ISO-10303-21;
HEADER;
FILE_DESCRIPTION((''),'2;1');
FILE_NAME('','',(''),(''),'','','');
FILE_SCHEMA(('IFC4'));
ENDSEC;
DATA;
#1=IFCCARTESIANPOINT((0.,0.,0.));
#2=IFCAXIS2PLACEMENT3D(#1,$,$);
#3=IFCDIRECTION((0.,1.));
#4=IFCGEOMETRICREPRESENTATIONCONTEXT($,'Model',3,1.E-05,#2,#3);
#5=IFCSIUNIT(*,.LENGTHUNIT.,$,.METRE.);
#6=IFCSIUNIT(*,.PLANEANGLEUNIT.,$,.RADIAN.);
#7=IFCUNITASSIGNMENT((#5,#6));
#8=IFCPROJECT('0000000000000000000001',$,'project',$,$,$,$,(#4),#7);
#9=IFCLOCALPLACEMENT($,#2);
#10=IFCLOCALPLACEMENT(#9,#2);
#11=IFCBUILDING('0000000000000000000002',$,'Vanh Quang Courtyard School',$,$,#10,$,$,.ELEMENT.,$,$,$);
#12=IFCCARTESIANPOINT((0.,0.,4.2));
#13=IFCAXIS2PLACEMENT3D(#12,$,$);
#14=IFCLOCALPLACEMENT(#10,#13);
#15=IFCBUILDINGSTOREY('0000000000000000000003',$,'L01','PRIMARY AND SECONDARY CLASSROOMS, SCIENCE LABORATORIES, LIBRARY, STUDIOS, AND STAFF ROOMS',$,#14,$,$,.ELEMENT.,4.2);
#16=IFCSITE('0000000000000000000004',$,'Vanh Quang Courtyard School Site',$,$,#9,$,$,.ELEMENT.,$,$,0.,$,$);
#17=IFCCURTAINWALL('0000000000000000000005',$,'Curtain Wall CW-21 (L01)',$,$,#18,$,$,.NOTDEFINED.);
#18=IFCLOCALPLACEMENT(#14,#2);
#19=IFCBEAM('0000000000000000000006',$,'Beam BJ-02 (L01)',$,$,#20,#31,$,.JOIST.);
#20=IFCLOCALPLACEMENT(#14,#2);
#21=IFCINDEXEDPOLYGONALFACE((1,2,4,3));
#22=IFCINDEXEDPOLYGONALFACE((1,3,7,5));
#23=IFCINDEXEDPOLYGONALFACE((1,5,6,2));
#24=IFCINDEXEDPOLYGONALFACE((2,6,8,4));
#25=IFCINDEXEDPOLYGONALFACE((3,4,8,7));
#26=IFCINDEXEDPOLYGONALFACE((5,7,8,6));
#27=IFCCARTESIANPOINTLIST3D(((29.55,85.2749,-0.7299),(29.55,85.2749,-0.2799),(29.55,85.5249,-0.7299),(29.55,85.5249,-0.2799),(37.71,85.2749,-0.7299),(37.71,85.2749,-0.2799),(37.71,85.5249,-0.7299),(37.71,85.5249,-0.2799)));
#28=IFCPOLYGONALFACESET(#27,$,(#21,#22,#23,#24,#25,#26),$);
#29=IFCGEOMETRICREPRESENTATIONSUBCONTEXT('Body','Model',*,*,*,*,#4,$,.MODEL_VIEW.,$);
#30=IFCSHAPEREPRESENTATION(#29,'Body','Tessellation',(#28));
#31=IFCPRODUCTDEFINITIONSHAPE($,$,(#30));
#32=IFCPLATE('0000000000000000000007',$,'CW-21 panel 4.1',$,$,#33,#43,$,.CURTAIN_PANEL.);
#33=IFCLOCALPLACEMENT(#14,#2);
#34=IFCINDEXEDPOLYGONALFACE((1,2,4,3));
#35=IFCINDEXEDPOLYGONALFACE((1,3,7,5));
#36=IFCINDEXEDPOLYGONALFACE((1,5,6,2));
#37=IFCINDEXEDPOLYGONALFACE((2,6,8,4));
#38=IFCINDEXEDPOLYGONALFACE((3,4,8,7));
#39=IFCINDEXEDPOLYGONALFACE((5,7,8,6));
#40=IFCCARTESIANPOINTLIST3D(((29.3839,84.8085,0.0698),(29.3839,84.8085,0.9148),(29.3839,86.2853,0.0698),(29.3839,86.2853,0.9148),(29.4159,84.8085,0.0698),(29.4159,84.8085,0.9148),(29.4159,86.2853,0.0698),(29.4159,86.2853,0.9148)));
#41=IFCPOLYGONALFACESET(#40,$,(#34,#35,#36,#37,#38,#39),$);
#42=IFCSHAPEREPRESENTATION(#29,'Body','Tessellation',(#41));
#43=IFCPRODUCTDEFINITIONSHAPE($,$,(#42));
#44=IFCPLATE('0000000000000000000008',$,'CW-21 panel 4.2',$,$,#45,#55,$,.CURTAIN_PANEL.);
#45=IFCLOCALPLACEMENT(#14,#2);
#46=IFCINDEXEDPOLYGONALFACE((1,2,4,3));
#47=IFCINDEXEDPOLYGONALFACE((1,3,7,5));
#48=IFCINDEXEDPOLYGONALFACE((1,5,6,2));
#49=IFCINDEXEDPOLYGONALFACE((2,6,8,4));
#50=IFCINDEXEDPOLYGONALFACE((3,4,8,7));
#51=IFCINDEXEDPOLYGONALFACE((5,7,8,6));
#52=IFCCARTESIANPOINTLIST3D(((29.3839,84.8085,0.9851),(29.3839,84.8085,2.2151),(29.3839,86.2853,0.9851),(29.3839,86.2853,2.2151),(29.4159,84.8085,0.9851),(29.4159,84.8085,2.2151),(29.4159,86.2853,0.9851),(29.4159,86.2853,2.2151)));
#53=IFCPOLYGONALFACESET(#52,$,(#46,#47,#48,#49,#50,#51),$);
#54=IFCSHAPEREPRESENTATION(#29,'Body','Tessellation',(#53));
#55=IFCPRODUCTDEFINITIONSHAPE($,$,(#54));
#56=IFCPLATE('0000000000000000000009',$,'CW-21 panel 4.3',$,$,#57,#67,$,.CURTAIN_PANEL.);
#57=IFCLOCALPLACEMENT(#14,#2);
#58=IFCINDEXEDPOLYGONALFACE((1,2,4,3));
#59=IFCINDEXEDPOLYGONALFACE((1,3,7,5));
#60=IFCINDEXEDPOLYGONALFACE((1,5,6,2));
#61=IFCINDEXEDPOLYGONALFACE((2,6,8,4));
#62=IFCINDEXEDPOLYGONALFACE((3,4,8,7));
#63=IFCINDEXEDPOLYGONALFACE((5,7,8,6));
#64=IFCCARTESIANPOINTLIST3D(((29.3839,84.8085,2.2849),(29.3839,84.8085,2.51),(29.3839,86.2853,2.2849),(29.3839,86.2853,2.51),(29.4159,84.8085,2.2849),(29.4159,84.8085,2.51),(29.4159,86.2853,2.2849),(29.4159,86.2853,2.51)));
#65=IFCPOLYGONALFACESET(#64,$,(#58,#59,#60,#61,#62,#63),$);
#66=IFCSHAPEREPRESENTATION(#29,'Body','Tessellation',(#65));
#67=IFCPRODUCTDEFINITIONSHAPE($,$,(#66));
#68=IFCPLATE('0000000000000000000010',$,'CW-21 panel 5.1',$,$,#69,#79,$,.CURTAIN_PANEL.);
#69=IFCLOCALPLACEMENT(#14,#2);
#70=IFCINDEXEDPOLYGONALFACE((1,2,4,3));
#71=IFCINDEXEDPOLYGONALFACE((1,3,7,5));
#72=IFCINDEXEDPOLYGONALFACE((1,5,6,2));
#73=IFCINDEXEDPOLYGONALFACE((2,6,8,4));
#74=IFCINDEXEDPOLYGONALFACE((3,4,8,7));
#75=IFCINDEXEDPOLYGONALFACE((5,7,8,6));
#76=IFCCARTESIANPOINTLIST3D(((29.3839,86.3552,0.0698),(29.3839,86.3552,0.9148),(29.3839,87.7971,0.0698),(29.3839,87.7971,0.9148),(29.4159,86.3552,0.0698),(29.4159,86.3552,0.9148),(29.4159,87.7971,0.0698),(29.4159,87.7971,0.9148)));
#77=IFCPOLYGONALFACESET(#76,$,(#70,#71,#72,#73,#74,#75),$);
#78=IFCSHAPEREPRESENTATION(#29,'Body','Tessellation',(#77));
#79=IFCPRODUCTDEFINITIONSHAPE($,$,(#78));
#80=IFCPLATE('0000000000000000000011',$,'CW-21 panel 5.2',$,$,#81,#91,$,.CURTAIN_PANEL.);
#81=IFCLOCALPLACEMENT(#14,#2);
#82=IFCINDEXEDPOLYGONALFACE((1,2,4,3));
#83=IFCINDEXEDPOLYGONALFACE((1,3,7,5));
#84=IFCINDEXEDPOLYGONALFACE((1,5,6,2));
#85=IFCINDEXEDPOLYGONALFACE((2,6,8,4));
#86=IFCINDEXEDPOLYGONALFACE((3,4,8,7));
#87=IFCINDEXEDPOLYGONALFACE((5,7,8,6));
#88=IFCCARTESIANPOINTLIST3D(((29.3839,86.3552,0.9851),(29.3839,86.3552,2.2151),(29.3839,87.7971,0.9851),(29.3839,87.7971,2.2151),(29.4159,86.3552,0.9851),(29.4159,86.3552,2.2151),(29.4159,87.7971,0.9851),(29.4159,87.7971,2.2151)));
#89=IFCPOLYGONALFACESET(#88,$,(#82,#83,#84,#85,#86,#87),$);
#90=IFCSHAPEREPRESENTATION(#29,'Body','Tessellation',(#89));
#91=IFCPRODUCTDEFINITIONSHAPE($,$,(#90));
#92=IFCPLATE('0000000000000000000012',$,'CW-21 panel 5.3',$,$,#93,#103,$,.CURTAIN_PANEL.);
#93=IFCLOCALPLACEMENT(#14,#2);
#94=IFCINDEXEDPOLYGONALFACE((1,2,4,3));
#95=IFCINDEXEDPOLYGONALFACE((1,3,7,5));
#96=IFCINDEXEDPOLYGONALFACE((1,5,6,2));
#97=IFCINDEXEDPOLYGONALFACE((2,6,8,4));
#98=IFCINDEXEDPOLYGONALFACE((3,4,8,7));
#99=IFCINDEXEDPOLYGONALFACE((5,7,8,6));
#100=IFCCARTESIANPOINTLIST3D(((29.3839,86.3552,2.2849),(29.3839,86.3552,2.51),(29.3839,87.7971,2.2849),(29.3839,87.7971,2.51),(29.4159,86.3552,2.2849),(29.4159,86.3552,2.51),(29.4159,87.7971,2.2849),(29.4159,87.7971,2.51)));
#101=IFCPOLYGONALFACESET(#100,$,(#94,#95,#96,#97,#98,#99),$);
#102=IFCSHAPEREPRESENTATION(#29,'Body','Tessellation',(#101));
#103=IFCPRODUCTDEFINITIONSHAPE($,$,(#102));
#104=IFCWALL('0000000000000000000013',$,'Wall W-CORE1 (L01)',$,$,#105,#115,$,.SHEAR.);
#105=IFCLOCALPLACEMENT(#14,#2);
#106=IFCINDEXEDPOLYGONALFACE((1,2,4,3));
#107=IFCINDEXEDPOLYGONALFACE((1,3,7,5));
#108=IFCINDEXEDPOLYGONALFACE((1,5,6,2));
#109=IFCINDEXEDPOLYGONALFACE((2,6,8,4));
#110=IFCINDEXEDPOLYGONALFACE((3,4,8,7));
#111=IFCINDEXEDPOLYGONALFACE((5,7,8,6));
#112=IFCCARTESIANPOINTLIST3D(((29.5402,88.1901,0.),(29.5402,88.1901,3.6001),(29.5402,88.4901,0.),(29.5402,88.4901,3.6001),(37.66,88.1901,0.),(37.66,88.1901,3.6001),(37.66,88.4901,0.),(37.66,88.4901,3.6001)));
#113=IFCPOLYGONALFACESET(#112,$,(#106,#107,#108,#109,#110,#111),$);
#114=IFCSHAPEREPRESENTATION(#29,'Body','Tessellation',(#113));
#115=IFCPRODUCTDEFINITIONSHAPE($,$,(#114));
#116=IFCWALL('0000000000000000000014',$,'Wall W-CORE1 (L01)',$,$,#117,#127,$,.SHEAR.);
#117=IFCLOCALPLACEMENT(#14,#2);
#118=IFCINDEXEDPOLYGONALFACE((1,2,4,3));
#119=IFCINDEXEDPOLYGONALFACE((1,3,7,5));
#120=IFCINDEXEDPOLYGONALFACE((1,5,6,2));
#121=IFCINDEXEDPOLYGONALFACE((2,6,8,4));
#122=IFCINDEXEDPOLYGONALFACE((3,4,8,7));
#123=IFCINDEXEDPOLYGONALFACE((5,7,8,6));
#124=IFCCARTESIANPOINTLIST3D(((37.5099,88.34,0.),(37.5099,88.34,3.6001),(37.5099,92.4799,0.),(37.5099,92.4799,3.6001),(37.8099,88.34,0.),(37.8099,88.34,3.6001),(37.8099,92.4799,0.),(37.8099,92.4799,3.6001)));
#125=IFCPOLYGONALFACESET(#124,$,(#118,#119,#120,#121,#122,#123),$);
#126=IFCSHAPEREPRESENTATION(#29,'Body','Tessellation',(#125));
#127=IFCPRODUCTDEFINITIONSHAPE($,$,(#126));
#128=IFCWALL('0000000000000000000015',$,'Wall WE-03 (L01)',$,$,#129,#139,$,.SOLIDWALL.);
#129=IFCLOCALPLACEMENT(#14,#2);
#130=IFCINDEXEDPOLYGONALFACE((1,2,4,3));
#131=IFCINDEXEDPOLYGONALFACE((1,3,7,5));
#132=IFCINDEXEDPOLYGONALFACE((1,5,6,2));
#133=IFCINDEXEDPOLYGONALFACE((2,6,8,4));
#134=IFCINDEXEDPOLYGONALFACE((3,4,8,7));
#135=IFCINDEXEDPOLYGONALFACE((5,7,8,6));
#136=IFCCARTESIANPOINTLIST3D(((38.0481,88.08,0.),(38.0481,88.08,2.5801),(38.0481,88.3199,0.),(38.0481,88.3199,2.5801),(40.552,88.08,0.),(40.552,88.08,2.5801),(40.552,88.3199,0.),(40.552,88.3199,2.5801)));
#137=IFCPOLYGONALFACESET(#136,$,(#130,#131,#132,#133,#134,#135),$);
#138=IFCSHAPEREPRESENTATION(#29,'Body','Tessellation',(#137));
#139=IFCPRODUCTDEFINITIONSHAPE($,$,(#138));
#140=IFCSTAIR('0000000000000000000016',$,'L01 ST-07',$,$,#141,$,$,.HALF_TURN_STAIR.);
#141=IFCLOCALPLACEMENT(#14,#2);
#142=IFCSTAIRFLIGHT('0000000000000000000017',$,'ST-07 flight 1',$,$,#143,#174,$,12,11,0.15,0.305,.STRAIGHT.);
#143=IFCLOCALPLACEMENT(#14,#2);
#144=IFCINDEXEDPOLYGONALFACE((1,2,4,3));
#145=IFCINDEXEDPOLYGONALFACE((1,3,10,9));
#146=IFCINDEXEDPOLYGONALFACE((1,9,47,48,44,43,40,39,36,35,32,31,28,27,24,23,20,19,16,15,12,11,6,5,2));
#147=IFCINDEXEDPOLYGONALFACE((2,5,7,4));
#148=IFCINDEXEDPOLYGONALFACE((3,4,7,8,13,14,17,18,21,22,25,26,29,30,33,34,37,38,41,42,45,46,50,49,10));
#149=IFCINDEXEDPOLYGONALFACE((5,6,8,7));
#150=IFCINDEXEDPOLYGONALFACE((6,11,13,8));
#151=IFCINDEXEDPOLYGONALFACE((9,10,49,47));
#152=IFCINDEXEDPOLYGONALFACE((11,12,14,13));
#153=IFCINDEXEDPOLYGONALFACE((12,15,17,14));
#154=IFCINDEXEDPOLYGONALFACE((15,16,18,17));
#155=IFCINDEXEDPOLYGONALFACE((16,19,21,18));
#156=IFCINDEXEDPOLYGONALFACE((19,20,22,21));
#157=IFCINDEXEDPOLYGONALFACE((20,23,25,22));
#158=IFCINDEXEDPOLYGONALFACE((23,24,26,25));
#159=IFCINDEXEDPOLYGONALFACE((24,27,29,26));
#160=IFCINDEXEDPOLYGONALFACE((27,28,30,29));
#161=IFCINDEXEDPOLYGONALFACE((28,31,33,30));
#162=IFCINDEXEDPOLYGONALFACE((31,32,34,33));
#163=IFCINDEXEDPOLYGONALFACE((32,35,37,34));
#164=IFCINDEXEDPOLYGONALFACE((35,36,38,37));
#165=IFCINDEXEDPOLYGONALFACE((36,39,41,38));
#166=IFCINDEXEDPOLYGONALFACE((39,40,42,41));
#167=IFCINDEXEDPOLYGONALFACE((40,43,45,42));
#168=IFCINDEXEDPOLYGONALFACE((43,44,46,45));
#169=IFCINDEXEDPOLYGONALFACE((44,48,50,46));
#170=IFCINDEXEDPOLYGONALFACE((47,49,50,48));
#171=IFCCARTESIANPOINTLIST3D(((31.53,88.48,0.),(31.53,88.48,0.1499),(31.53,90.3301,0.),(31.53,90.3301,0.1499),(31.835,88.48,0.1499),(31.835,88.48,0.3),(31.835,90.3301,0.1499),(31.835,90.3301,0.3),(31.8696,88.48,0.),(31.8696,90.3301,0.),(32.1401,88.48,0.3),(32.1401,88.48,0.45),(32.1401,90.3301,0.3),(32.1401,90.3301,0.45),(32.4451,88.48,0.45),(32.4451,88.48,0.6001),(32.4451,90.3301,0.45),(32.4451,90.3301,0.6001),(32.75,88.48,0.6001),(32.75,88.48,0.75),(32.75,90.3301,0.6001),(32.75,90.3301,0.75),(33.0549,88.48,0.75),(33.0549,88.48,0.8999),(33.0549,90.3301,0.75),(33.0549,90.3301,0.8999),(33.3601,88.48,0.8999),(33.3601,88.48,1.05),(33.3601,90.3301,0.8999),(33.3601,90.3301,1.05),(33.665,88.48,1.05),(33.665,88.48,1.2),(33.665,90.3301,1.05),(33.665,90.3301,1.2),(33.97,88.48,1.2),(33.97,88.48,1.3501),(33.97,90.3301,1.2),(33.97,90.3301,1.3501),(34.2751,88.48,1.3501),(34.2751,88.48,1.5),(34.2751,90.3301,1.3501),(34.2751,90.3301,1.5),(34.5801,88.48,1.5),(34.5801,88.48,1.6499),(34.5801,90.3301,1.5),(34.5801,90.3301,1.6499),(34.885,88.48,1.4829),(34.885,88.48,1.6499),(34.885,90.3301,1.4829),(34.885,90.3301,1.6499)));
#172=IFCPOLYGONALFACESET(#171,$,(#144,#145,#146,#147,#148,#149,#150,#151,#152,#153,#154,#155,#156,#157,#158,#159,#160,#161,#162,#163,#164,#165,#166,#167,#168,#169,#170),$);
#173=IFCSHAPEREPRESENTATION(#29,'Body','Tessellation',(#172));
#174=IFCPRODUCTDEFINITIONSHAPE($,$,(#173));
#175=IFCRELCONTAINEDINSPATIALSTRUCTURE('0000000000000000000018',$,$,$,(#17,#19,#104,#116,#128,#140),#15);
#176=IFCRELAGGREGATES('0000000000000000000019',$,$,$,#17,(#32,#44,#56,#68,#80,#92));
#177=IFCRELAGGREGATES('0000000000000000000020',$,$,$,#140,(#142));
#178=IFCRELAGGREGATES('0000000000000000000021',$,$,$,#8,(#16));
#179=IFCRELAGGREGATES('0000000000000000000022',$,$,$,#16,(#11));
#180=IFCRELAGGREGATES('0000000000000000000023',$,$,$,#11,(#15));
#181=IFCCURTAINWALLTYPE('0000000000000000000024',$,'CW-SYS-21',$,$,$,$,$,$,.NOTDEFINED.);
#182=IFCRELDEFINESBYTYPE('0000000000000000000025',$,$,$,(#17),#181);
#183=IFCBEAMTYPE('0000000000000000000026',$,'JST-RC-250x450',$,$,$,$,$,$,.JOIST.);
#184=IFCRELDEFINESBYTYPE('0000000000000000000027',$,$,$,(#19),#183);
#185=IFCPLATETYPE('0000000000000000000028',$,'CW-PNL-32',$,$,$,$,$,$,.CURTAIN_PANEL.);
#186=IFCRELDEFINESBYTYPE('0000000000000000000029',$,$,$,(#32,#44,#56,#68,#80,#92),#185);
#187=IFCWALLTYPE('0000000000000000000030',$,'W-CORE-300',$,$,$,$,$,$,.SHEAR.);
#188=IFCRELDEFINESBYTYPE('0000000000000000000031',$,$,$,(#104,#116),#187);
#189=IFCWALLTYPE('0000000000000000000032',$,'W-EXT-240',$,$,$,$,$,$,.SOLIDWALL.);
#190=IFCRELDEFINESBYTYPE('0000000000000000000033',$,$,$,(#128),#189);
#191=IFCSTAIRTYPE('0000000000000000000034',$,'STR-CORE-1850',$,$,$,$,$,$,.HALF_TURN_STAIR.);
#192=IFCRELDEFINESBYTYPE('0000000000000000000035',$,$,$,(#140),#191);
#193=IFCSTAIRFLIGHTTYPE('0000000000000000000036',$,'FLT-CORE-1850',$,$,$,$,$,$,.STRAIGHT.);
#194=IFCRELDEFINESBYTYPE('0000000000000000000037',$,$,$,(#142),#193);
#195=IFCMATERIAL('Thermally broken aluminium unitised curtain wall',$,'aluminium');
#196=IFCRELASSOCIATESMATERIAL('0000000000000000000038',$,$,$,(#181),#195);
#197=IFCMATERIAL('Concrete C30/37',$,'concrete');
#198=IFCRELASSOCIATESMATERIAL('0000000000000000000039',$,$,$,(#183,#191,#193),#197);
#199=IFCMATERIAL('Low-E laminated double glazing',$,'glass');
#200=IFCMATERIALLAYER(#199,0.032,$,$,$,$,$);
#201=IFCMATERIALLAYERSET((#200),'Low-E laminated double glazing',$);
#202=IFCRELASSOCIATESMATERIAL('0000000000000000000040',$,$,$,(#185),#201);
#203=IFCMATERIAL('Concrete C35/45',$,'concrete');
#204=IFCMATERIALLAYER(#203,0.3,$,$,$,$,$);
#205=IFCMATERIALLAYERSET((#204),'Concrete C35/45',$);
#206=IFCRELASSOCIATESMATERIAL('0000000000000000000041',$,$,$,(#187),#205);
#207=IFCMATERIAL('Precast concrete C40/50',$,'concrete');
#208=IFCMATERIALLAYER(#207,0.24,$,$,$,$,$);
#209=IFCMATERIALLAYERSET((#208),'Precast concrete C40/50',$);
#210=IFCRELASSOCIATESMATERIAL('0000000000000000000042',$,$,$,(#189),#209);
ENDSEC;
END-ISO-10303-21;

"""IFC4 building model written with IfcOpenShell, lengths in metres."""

from ifc_helpers import new_model, si_unit, direction, frame, frame_2d, origin, origin_2d, place, context, subcontext, project, spatial, polyline, rectangle, outline, extrude, material, layer, layer_set, material_profile, profile_set, type_object, element, aggregate, save


model = new_model("IFC4")

# Units and contexts
model_context = context("Model", 3, precision=1e-05, world=origin(), true_north=direction((0.0, 1.0)))
body_context = subcontext(model_context, "Body", "Model", "MODEL_VIEW")
ifc_project = project(units=[si_unit("LENGTHUNIT", "METRE"), si_unit("PLANEANGLEUNIT", "RADIAN")], contexts=[model_context])

# Site, building, storey
site_placement = place(None, origin())
site = spatial("IfcSite", under=ifc_project, at=site_placement, Name="Vanh Quang Courtyard School Site", CompositionType="ELEMENT", RefElevation=0.0)
building_placement = place(site_placement, origin())
building = spatial("IfcBuilding", under=site, at=building_placement, Name="Vanh Quang Courtyard School", CompositionType="ELEMENT")
storey_placement = place(building_placement, frame((0.0, 0.0, 4.2)))
storey = spatial("IfcBuildingStorey", under=building, at=storey_placement, Name="L01", Description="PRIMARY AND SECONDARY CLASSROOMS, SCIENCE LABORATORIES, LIBRARY, STUDIOS, AND STAFF ROOMS", CompositionType="ELEMENT", Elevation=4.2)

# Shared definitions
ifc_material_1 = material(Name="Concrete C35/45", Category="concrete")

# Curtain wall
ifc_material_2 = material(Name="Thermally broken aluminium unitised curtain wall", Category="aluminium")
curtain_wall_type = type_object("IfcCurtainWallType", Name="CW-SYS-21", PredefinedType="NOTDEFINED", material=ifc_material_2)
curtain_wall_placement = place(storey_placement, origin())
curtain_wall = element("IfcCurtainWall", 1, at=curtain_wall_placement, inside=storey, type_object=curtain_wall_type, Name="Curtain Wall CW-21 (L01)", PredefinedType="NOTDEFINED")

# Beam
ifc_material_3 = material(Name="Concrete C30/37", Category="concrete")
ifc_material_profile_1 = material_profile(ifc_material_3, rectangle(XDim=0.25, YDim=0.45, at=origin_2d()), Name="RC-JST 250x450")
ifc_profile_set_1 = profile_set([ifc_material_profile_1], Name="Concrete C30/37")
beam_type_1 = type_object("IfcBeamType", Name="JST-RC-250x450", PredefinedType="JOIST", material=ifc_profile_set_1)
beam_1_placement = place(storey_placement, frame((29.55, 85.3999, -0.5049), z_axis=(1.0, 0.0, 0.0), x_axis=(0.0, 1.0, 0.0)))
element("IfcBeam", 2, at=beam_1_placement, inside=storey, type_object=beam_type_1, Name="Beam BJ-02 (L01)", PredefinedType="JOIST", context=body_context, shape_type="SweptSolid", body=[
    extrude(rectangle(XDim=0.25, YDim=0.45, at=origin_2d()), origin(), (0.0, 0.0, 1.0), 8.1599),
])

# Plates
ifc_material_4 = material(Name="Low-E laminated double glazing", Category="glass")
ifc_layer_1 = layer(ifc_material_4, 0.032)
ifc_layer_set_1 = layer_set([ifc_layer_1], Name="Low-E laminated double glazing")
plate_type = type_object("IfcPlateType", Name="CW-PNL-32", PredefinedType="CURTAIN_PANEL", material=ifc_layer_set_1)
plate_1_placement = place(storey_placement, frame((29.3999, 85.5469, 0.0698), z_axis=(0.0, 0.0, 1.0), x_axis=(0.0, 1.0, 0.0)))
plate_1 = element("IfcPlate", 3, at=plate_1_placement, type_object=plate_type, Name="CW-21 panel 4.1", PredefinedType="CURTAIN_PANEL", context=body_context, shape_type="SweptSolid", body=[
    extrude(rectangle(XDim=1.4768, YDim=0.032, at=origin_2d()), origin(), (0.0, 0.0, 1.0), 0.845),
])
plate_2_placement = place(storey_placement, frame((29.3999, 85.5469, 0.9851), z_axis=(0.0, 0.0, 1.0), x_axis=(0.0, 1.0, 0.0)))
plate_2 = element("IfcPlate", 4, at=plate_2_placement, type_object=plate_type, Name="CW-21 panel 4.2", PredefinedType="CURTAIN_PANEL", context=body_context, shape_type="SweptSolid", body=[
    extrude(rectangle(XDim=1.4768, YDim=0.032, at=origin_2d()), origin(), (0.0, 0.0, 1.0), 1.23),
])
plate_3_placement = place(storey_placement, frame((29.3999, 85.5469, 2.2849), z_axis=(0.0, 0.0, 1.0), x_axis=(0.0, 1.0, 0.0)))
plate_3 = element("IfcPlate", 5, at=plate_3_placement, type_object=plate_type, Name="CW-21 panel 4.3", PredefinedType="CURTAIN_PANEL", context=body_context, shape_type="SweptSolid", body=[
    extrude(rectangle(XDim=1.4768, YDim=0.032, at=origin_2d()), origin(), (0.0, 0.0, 1.0), 0.2251),
])
plate_4_placement = place(storey_placement, frame((29.3999, 87.0762, 0.0698), z_axis=(0.0, 0.0, 1.0), x_axis=(0.0, 1.0, 0.0)))
plate_4 = element("IfcPlate", 6, at=plate_4_placement, type_object=plate_type, Name="CW-21 panel 5.1", PredefinedType="CURTAIN_PANEL", context=body_context, shape_type="SweptSolid", body=[
    extrude(rectangle(XDim=1.4419, YDim=0.032, at=origin_2d()), origin(), (0.0, 0.0, 1.0), 0.845),
])
plate_5_placement = place(storey_placement, frame((29.3999, 87.0762, 0.9851), z_axis=(0.0, 0.0, 1.0), x_axis=(0.0, 1.0, 0.0)))
plate_5 = element("IfcPlate", 7, at=plate_5_placement, type_object=plate_type, Name="CW-21 panel 5.2", PredefinedType="CURTAIN_PANEL", context=body_context, shape_type="SweptSolid", body=[
    extrude(rectangle(XDim=1.4419, YDim=0.032, at=origin_2d()), origin(), (0.0, 0.0, 1.0), 1.23),
])
plate_6_placement = place(storey_placement, frame((29.3999, 87.0762, 2.2849), z_axis=(0.0, 0.0, 1.0), x_axis=(0.0, 1.0, 0.0)))
plate_6 = element("IfcPlate", 8, at=plate_6_placement, type_object=plate_type, Name="CW-21 panel 5.3", PredefinedType="CURTAIN_PANEL", context=body_context, shape_type="SweptSolid", body=[
    extrude(rectangle(XDim=1.4419, YDim=0.032, at=origin_2d()), origin(), (0.0, 0.0, 1.0), 0.2251),
])
aggregate(curtain_wall, [plate_1, plate_2, plate_3, plate_4, plate_5, plate_6])

# Walls
ifc_layer_2 = layer(ifc_material_1, 0.3)
ifc_layer_set_2 = layer_set([ifc_layer_2], Name="Concrete C35/45")
wall_type_1 = type_object("IfcWallType", Name="W-CORE-300", PredefinedType="SHEAR", material=ifc_layer_set_2)
wall_1_placement = place(storey_placement, frame((29.54, 88.3401, 0.0), z_axis=(0.0, 0.0, 1.0), x_axis=(1.0, 0.0, 0.0)))
element("IfcWall", 9, at=wall_1_placement, inside=storey, type_object=wall_type_1, Name="Wall W-CORE1 (L01)", PredefinedType="SHEAR", context=body_context, shape_type="SweptSolid", body=[
    extrude(rectangle(XDim=8.1199, YDim=0.3, at=frame_2d((4.0601, 0.0))), origin(), (0.0, 0.0, 1.0), 3.6001),
])
wall_2_placement = place(storey_placement, frame((37.6599, 88.3401, 0.0), z_axis=(0.0, 0.0, 1.0), x_axis=(0.0, 1.0, 0.0)))
element("IfcWall", 10, at=wall_2_placement, inside=storey, type_object=wall_type_1, Name="Wall W-CORE1 (L01)", PredefinedType="SHEAR", context=body_context, shape_type="SweptSolid", body=[
    extrude(rectangle(XDim=4.1399, YDim=0.3, at=frame_2d((2.0698, 0.0))), origin(), (0.0, 0.0, 1.0), 3.6001),
])
ifc_material_5 = material(Name="Precast concrete C40/50", Category="concrete")
ifc_layer_3 = layer(ifc_material_5, 0.24)
ifc_layer_set_3 = layer_set([ifc_layer_3], Name="Precast concrete C40/50")
wall_type_2 = type_object("IfcWallType", Name="W-EXT-240", PredefinedType="SOLIDWALL", material=ifc_layer_set_3)
wall_3_placement = place(storey_placement, frame((38.0481, 88.2, 0.0), z_axis=(0.0, 0.0, 1.0), x_axis=(1.0, 0.0, 0.0)))
element("IfcWall", 11, at=wall_3_placement, inside=storey, type_object=wall_type_2, Name="Wall WE-03 (L01)", PredefinedType="SOLIDWALL", context=body_context, shape_type="SweptSolid", body=[
    extrude(rectangle(XDim=2.5039, YDim=0.24, at=frame_2d((1.252, 0.0))), origin(), (0.0, 0.0, 1.0), 2.5801),
])

# Stair, stair flight
stair_type = type_object("IfcStairType", Name="STR-CORE-1850", PredefinedType="HALF_TURN_STAIR", material=ifc_material_3)
stair_placement = place(storey_placement, origin())
stair = element("IfcStair", 12, at=stair_placement, inside=storey, type_object=stair_type, Name="L01 ST-07", PredefinedType="HALF_TURN_STAIR")
stair_flight_type = type_object("IfcStairFlightType", Name="FLT-CORE-1850", PredefinedType="STRAIGHT", material=ifc_material_3)
stair_flight_1_placement = place(storey_placement, frame((31.53, 89.405, 0.0), z_axis=(0.0, 0.0, 1.0), x_axis=(1.0, 0.0, 0.0)))
stair_flight_1 = element("IfcStairFlight", 13, at=stair_flight_1_placement, type_object=stair_flight_type, Name="ST-07 flight 1", NumberOfRisers=12, NumberOfTreads=11, PredefinedType="STRAIGHT", RiserHeight=0.15, TreadLength=0.305, context=body_context, shape_type="SweptSolid", body=[
    extrude(outline(polyline([(0.0, 0.0), (0.0, 0.1499), (0.3049, 0.1499), (0.3049, 0.3), (0.6101, 0.3), (0.6101, 0.45), (0.915, 0.45), (0.915, 0.6001), (1.22, 0.6001), (1.22, 0.75), (1.5249, 0.75), (1.5249, 0.8999), (1.8301, 0.8999), (1.8301, 1.05), (2.135, 1.05), (2.135, 1.2), (2.4399, 1.2), (2.4399, 1.3501), (2.7451, 1.3501), (2.7451, 1.5), (3.05, 1.5), (3.05, 1.6499), (3.355, 1.6499), (3.355, 1.8), (3.355, 1.4829), (0.3396, 0.0), (0.0, 0.0)])), frame((0.0, 0.925, 0.0), z_axis=(0.0, -1.0, 0.0), x_axis=(1.0, 0.0, 0.0)), (0.0, 0.0, 1.0), 1.8501),
])
aggregate(stair, [stair_flight_1])

save(model, "model.ifc")
